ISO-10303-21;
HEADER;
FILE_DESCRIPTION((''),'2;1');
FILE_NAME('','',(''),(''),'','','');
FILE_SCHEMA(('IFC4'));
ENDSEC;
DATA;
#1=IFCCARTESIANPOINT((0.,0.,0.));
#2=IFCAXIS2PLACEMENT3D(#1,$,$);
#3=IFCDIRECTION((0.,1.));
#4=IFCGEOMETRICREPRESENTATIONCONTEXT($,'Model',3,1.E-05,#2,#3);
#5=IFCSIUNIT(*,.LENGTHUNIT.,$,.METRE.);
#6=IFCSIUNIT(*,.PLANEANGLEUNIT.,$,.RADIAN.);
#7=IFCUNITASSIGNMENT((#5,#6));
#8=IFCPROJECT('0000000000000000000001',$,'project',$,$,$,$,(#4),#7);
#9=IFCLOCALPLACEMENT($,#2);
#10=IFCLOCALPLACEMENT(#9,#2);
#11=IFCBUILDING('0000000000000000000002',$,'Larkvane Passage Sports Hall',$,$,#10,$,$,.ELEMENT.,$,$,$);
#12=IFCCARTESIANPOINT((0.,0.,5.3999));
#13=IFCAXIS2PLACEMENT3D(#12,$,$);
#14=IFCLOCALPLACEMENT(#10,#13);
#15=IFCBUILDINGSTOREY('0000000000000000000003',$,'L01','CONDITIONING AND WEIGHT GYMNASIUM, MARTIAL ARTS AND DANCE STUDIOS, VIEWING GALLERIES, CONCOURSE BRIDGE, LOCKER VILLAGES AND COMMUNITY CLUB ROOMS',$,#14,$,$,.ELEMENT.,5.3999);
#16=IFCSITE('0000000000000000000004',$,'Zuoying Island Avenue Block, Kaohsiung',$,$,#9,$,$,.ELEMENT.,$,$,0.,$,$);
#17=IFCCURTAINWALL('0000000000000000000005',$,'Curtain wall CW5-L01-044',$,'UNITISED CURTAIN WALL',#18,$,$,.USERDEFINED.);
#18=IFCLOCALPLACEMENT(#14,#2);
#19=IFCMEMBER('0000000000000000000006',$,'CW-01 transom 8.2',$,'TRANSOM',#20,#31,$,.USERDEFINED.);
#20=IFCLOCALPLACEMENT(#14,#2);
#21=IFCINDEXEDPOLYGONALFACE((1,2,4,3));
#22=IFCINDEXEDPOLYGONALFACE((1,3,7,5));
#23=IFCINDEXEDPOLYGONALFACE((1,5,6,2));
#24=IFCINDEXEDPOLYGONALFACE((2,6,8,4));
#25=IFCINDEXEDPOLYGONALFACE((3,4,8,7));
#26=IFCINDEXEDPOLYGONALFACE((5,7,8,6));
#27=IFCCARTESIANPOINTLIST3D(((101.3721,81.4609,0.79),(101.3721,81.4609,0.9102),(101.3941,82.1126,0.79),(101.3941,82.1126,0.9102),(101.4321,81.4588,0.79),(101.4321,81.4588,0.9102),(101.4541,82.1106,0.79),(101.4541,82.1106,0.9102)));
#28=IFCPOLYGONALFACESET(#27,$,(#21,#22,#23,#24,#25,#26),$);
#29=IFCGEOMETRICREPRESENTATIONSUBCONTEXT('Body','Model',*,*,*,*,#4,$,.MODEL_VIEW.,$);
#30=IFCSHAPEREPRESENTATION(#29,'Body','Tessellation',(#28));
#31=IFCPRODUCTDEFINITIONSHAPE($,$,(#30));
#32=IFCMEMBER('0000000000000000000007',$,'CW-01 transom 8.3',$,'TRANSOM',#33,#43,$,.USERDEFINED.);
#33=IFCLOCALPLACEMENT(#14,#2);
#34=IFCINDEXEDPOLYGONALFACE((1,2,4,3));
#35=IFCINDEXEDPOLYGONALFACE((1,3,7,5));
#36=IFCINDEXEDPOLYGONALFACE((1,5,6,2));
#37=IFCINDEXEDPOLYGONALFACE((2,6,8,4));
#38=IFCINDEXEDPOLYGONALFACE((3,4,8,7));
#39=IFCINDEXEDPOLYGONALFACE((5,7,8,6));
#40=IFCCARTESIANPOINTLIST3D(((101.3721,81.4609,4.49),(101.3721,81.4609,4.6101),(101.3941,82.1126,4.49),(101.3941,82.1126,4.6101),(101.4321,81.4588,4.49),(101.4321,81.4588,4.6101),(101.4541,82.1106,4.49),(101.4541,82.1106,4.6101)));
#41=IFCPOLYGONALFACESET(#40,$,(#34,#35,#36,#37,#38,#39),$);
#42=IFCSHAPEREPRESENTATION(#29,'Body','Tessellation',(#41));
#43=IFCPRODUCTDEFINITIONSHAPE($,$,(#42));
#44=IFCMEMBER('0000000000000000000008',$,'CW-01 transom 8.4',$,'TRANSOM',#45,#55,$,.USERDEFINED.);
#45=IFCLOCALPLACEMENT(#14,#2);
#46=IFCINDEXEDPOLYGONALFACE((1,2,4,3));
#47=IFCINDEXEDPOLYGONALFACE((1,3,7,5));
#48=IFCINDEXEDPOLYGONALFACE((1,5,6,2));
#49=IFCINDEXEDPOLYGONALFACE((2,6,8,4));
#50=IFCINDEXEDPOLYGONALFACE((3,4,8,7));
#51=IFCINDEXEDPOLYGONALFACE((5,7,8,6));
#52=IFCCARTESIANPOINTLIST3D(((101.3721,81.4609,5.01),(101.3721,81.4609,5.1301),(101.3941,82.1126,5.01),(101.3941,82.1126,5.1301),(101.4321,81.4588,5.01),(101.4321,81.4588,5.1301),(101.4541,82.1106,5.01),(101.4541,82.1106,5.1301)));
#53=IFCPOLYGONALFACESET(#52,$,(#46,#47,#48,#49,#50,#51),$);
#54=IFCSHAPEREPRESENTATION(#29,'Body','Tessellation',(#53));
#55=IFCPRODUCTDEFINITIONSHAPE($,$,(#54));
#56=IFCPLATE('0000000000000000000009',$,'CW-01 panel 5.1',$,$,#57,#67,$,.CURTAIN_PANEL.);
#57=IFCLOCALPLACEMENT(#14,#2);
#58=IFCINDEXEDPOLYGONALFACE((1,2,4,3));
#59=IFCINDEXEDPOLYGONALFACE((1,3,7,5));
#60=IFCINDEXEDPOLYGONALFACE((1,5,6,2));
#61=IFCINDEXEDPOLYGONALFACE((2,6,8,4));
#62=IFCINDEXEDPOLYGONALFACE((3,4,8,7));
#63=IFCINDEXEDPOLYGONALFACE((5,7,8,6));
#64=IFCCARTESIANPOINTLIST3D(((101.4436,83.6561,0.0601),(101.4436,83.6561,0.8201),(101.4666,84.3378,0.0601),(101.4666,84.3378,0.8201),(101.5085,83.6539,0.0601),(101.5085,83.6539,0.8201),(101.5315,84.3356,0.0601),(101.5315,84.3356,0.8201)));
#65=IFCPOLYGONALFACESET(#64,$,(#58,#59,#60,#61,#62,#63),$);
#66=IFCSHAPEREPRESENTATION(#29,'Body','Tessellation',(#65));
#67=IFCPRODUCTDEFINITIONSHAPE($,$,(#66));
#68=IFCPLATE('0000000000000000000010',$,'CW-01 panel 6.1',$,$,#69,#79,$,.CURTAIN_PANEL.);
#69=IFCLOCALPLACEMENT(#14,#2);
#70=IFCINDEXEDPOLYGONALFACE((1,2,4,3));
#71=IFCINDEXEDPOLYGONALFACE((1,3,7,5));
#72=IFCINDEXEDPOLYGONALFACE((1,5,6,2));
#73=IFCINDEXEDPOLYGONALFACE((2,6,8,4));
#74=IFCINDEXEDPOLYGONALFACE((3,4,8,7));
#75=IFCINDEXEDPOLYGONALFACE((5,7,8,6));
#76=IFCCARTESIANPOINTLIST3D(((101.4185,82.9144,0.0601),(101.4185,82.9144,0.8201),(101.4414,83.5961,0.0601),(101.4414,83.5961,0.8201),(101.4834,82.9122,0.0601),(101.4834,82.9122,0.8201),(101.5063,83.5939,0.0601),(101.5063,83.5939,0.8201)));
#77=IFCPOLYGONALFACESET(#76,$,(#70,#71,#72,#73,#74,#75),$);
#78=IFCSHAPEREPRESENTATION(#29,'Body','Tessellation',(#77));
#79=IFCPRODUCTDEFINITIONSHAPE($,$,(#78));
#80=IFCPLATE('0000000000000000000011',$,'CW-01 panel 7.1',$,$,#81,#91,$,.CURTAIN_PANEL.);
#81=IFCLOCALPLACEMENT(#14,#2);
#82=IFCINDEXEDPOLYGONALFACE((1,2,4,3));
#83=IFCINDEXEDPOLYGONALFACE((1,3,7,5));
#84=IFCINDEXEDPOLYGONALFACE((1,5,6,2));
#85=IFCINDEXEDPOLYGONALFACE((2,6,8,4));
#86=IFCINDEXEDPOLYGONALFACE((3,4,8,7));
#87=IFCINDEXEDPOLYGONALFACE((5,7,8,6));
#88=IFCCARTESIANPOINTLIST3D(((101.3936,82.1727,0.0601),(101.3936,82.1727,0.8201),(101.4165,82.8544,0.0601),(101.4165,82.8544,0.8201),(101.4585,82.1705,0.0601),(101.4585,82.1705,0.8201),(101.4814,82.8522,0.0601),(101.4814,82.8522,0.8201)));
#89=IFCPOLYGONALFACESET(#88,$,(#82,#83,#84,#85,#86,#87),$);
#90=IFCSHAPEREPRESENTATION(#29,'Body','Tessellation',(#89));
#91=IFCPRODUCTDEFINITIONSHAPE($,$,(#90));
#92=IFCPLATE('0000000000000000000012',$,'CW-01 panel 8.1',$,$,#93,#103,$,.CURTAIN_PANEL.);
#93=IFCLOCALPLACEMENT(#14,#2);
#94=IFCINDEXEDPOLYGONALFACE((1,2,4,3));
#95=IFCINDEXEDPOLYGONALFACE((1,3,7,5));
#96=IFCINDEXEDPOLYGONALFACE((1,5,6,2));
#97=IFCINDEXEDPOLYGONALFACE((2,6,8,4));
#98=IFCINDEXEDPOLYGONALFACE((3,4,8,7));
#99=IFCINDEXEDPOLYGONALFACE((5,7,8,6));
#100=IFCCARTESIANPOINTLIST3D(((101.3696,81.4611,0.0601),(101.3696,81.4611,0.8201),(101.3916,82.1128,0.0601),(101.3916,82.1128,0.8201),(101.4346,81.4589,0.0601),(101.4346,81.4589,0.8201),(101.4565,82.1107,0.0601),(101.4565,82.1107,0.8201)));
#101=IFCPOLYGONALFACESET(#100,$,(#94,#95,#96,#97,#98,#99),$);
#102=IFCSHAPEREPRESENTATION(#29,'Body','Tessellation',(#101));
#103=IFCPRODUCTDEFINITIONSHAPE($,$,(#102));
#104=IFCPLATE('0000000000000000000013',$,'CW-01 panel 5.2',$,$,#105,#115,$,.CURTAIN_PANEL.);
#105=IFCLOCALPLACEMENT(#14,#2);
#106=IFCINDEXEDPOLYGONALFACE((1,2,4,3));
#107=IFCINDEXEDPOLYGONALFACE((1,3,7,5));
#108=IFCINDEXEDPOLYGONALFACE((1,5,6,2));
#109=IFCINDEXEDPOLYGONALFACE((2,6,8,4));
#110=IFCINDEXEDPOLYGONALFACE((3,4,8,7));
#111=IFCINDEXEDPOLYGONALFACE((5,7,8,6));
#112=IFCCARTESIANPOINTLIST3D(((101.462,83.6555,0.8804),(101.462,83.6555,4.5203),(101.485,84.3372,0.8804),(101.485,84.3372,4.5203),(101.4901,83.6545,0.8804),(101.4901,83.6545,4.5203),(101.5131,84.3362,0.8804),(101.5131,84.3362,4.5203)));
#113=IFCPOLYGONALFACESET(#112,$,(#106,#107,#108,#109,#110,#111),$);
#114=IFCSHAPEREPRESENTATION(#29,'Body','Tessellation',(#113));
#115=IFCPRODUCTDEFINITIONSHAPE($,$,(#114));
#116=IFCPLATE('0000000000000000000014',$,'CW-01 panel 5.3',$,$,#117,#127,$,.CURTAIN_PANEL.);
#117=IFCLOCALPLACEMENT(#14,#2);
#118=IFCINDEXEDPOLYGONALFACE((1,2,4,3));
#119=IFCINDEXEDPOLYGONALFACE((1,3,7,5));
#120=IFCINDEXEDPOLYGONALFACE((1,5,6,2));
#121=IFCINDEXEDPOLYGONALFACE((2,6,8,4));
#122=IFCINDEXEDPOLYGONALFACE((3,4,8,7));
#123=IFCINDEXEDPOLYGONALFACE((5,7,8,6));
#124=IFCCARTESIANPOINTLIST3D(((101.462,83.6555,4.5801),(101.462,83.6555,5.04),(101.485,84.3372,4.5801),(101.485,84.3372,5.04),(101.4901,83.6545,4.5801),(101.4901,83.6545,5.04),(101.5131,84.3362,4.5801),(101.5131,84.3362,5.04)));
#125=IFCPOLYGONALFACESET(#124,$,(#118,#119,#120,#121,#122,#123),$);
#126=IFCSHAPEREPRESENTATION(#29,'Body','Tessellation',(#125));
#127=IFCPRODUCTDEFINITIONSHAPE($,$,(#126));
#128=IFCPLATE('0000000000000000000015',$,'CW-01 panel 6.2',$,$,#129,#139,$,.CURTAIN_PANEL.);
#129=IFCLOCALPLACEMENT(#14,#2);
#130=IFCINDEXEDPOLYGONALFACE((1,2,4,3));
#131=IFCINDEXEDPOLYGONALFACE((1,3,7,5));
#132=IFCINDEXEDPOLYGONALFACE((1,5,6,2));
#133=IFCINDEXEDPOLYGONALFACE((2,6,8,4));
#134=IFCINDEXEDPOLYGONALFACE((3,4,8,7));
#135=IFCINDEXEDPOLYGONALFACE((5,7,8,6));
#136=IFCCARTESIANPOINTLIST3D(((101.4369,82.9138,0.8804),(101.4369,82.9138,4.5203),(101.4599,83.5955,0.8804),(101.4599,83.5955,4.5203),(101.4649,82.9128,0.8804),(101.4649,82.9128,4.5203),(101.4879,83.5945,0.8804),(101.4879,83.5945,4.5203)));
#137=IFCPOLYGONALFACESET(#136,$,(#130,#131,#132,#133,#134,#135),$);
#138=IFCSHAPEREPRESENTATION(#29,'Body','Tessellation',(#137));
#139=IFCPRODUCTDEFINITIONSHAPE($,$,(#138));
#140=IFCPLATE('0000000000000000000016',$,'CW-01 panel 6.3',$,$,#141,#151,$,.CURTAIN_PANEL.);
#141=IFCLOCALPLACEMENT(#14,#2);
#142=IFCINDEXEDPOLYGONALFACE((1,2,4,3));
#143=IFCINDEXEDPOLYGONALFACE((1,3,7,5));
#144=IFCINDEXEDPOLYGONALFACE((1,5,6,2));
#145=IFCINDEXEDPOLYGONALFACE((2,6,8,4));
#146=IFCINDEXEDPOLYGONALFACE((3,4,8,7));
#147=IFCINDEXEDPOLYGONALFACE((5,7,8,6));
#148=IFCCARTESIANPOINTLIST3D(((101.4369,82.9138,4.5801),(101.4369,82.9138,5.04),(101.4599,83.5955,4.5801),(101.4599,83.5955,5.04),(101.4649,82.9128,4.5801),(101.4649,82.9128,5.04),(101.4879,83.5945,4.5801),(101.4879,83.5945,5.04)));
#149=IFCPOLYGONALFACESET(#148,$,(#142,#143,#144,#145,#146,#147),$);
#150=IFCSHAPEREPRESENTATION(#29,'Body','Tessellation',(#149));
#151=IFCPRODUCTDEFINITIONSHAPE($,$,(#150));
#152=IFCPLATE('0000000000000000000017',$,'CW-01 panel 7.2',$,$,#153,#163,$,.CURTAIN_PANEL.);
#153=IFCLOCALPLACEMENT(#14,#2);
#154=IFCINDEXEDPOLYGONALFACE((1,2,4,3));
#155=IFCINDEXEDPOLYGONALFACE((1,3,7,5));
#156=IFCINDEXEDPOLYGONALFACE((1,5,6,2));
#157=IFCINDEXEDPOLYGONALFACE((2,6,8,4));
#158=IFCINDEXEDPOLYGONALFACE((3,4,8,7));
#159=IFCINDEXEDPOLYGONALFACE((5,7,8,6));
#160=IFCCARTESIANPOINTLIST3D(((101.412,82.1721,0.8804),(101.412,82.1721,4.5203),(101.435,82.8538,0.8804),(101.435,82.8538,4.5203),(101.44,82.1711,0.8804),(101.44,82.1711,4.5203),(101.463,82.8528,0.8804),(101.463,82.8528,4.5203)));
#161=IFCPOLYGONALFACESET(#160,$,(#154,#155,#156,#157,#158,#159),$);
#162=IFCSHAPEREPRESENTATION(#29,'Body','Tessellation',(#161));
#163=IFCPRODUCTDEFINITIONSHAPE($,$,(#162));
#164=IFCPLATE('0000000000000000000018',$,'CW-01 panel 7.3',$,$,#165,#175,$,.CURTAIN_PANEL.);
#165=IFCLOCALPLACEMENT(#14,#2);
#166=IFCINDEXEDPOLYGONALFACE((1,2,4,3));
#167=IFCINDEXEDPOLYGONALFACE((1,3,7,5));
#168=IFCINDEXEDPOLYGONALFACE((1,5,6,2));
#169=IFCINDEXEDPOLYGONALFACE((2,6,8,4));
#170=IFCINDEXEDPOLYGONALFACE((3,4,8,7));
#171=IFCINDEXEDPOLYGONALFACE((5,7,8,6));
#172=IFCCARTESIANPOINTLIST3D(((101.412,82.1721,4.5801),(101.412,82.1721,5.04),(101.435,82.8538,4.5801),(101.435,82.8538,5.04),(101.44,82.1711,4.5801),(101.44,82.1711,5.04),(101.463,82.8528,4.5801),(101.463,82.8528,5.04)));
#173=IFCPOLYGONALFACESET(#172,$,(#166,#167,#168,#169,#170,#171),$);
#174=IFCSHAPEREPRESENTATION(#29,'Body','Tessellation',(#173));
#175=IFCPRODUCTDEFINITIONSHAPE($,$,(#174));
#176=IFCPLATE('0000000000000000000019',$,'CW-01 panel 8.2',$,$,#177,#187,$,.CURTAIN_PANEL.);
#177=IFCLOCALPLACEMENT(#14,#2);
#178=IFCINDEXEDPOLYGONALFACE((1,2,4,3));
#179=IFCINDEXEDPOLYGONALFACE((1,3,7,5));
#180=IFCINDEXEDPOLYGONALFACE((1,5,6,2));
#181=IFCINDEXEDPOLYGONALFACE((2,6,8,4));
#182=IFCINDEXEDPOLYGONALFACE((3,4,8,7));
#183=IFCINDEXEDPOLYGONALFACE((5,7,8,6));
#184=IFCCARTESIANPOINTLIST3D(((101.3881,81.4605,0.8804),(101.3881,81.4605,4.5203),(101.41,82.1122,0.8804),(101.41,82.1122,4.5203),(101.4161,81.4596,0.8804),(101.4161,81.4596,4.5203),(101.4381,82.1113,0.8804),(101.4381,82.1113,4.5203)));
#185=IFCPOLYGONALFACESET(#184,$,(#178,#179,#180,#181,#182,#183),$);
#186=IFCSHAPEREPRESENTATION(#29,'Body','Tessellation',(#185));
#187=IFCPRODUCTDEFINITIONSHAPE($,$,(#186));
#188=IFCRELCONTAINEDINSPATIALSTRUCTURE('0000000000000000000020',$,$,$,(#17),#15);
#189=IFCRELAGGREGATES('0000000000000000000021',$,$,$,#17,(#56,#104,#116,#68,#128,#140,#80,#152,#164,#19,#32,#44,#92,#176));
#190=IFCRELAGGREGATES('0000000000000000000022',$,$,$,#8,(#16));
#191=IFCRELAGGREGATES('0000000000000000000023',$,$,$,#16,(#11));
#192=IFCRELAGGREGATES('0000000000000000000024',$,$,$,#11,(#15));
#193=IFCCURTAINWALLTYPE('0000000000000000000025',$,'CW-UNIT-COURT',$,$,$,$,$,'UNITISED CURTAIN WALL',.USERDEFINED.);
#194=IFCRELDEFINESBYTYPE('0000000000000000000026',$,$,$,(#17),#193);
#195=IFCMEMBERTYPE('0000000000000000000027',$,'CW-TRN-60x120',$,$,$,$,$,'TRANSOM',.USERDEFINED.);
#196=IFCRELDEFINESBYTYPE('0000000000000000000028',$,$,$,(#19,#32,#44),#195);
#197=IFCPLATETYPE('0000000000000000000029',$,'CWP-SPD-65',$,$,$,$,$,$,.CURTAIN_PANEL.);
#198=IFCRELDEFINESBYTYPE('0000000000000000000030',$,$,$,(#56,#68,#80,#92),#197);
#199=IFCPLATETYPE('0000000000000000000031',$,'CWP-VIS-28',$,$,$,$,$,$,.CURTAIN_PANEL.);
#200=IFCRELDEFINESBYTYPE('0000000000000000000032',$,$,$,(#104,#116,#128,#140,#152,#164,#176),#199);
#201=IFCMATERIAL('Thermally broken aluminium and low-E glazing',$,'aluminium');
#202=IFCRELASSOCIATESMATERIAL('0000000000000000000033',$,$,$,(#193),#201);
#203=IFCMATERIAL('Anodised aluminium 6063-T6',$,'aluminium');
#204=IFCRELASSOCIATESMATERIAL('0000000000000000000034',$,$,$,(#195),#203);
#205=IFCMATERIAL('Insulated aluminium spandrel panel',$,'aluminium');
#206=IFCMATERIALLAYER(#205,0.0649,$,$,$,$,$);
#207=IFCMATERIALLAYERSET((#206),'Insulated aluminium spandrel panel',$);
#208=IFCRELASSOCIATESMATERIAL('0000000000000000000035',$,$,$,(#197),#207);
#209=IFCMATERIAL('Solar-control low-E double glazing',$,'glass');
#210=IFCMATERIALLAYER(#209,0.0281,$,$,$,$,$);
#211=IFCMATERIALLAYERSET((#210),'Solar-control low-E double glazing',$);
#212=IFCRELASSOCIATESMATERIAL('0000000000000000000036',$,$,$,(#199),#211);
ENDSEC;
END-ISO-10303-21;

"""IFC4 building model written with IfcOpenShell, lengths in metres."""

from ifc_helpers import new_model, si_unit, direction, frame, origin, origin_2d, place, context, subcontext, project, spatial, rectangle, extrude, material, layer, layer_set, material_profile, profile_set, type_object, element, aggregate, save


model = new_model("IFC4")

# Units and contexts
model_context = context("Model", 3, precision=1e-05, world=origin(), true_north=direction((0.0, 1.0)))
body_context = subcontext(model_context, "Body", "Model", "MODEL_VIEW")
ifc_project = project(units=[si_unit("LENGTHUNIT", "METRE"), si_unit("PLANEANGLEUNIT", "RADIAN")], contexts=[model_context])

# Site, building, storey
site_placement = place(None, origin())
site = spatial("IfcSite", under=ifc_project, at=site_placement, Name="Zuoying Island Avenue Block, Kaohsiung", CompositionType="ELEMENT", RefElevation=0.0)
building_placement = place(site_placement, origin())
building = spatial("IfcBuilding", under=site, at=building_placement, Name="Larkvane Passage Sports Hall", CompositionType="ELEMENT")
storey_placement = place(building_placement, frame((0.0, 0.0, 5.3999)))
storey = spatial("IfcBuildingStorey", under=building, at=storey_placement, Name="L01", Description="CONDITIONING AND WEIGHT GYMNASIUM, MARTIAL ARTS AND DANCE STUDIOS, VIEWING GALLERIES, CONCOURSE BRIDGE, LOCKER VILLAGES AND COMMUNITY CLUB ROOMS", CompositionType="ELEMENT", Elevation=5.3999)

# Curtain wall, members, plates
ifc_material_1 = material(Name="Thermally broken aluminium and low-E glazing", Category="aluminium")
curtain_wall_type = type_object("IfcCurtainWallType", Name="CW-UNIT-COURT", ElementType="UNITISED CURTAIN WALL", PredefinedType="USERDEFINED", material=ifc_material_1)
curtain_wall_placement = place(storey_placement, origin())
curtain_wall = element("IfcCurtainWall", 1, at=curtain_wall_placement, inside=storey, type_object=curtain_wall_type, Name="Curtain wall CW5-L01-044", ObjectType="UNITISED CURTAIN WALL", PredefinedType="USERDEFINED")
ifc_material_2 = material(Name="Anodised aluminium 6063-T6", Category="aluminium")
ifc_material_profile_1 = material_profile(ifc_material_2, rectangle(XDim=0.0601, YDim=0.1201, at=origin_2d()), Name="ALU-TRN-60x120")
ifc_profile_set_1 = profile_set([ifc_material_profile_1], Name="Anodised aluminium 6063-T6")
member_type_1 = type_object("IfcMemberType", Name="CW-TRN-60x120", ElementType="TRANSOM", PredefinedType="USERDEFINED", material=ifc_profile_set_1)
member_1_placement = place(storey_placement, frame((101.4241, 82.1116, 0.8501), z_axis=(-0.033701, -0.999432, 0.0), x_axis=(0.999432, -0.033701, 0.0)))
member_1 = element("IfcMember", 2, at=member_1_placement, type_object=member_type_1, Name="CW-01 transom 8.2", ObjectType="TRANSOM", PredefinedType="USERDEFINED", context=body_context, shape_type="SweptSolid", body=[
    extrude(rectangle(XDim=0.0601, YDim=0.1201, at=origin_2d()), origin(), (0.0, 0.0, 1.0), 0.6521),
])
member_2_placement = place(storey_placement, frame((101.4241, 82.1116, 4.55), z_axis=(-0.033701, -0.999432, 0.0), x_axis=(0.999432, -0.033701, 0.0)))
member_2 = element("IfcMember", 3, at=member_2_placement, type_object=member_type_1, Name="CW-01 transom 8.3", ObjectType="TRANSOM", PredefinedType="USERDEFINED", context=body_context, shape_type="SweptSolid", body=[
    extrude(rectangle(XDim=0.0601, YDim=0.1201, at=origin_2d()), origin(), (0.0, 0.0, 1.0), 0.6521),
])
member_3_placement = place(storey_placement, frame((101.4241, 82.1116, 5.0701), z_axis=(-0.033701, -0.999432, 0.0), x_axis=(0.999432, -0.033701, 0.0)))
member_3 = element("IfcMember", 4, at=member_3_placement, type_object=member_type_1, Name="CW-01 transom 8.4", ObjectType="TRANSOM", PredefinedType="USERDEFINED", context=body_context, shape_type="SweptSolid", body=[
    extrude(rectangle(XDim=0.0601, YDim=0.1201, at=origin_2d()), origin(), (0.0, 0.0, 1.0), 0.6521),
])
ifc_material_3 = material(Name="Insulated aluminium spandrel panel", Category="aluminium")
ifc_layer_1 = layer(ifc_material_3, 0.0649)
ifc_layer_set_1 = layer_set([ifc_layer_1], Name="Insulated aluminium spandrel panel")
plate_type_1 = type_object("IfcPlateType", Name="CWP-SPD-65", PredefinedType="CURTAIN_PANEL", material=ifc_layer_set_1)
plate_1_placement = place(storey_placement, frame((101.4875, 83.9958, 0.0601), z_axis=(0.0, 0.0, 1.0), x_axis=(-0.033689, -0.999432, 0.0)))
plate_1 = element("IfcPlate", 5, at=plate_1_placement, type_object=plate_type_1, Name="CW-01 panel 5.1", PredefinedType="CURTAIN_PANEL", context=body_context, shape_type="SweptSolid", body=[
    extrude(rectangle(XDim=0.6821, YDim=0.0649, at=origin_2d()), origin(), (0.0, 0.0, 1.0), 0.76),
])
plate_2_placement = place(storey_placement, frame((101.4624, 83.2542, 0.0601), z_axis=(0.0, 0.0, 1.0), x_axis=(-0.033689, -0.999432, 0.0)))
plate_2 = element("IfcPlate", 6, at=plate_2_placement, type_object=plate_type_1, Name="CW-01 panel 6.1", PredefinedType="CURTAIN_PANEL", context=body_context, shape_type="SweptSolid", body=[
    extrude(rectangle(XDim=0.6821, YDim=0.0649, at=origin_2d()), origin(), (0.0, 0.0, 1.0), 0.76),
])
plate_3_placement = place(storey_placement, frame((101.4375, 82.5125, 0.0601), z_axis=(0.0, 0.0, 1.0), x_axis=(-0.033689, -0.999432, 0.0)))
plate_3 = element("IfcPlate", 7, at=plate_3_placement, type_object=plate_type_1, Name="CW-01 panel 7.1", PredefinedType="CURTAIN_PANEL", context=body_context, shape_type="SweptSolid", body=[
    extrude(rectangle(XDim=0.6821, YDim=0.0649, at=origin_2d()), origin(), (0.0, 0.0, 1.0), 0.76),
])
plate_4_placement = place(storey_placement, frame((101.4131, 81.7859, 0.0601), z_axis=(0.0, 0.0, 1.0), x_axis=(-0.033689, -0.999432, 0.0)))
plate_4 = element("IfcPlate", 8, at=plate_4_placement, type_object=plate_type_1, Name="CW-01 panel 8.1", PredefinedType="CURTAIN_PANEL", context=body_context, shape_type="SweptSolid", body=[
    extrude(rectangle(XDim=0.6521, YDim=0.0649, at=origin_2d()), origin(), (0.0, 0.0, 1.0), 0.76),
])
ifc_material_4 = material(Name="Solar-control low-E double glazing", Category="glass")
ifc_layer_2 = layer(ifc_material_4, 0.0281)
ifc_layer_set_2 = layer_set([ifc_layer_2], Name="Solar-control low-E double glazing")
plate_type_2 = type_object("IfcPlateType", Name="CWP-VIS-28", PredefinedType="CURTAIN_PANEL", material=ifc_layer_set_2)
plate_5_placement = place(storey_placement, frame((101.4875, 83.9958, 0.8804), z_axis=(0.0, 0.0, 1.0), x_axis=(-0.033689, -0.999432, 0.0)))
plate_5 = element("IfcPlate", 9, at=plate_5_placement, type_object=plate_type_2, Name="CW-01 panel 5.2", PredefinedType="CURTAIN_PANEL", context=body_context, shape_type="SweptSolid", body=[
    extrude(rectangle(XDim=0.6821, YDim=0.0281, at=origin_2d()), origin(), (0.0, 0.0, 1.0), 3.6399),
])
plate_6_placement = place(storey_placement, frame((101.4875, 83.9958, 4.5801), z_axis=(0.0, 0.0, 1.0), x_axis=(-0.033689, -0.999432, 0.0)))
plate_6 = element("IfcPlate", 10, at=plate_6_placement, type_object=plate_type_2, Name="CW-01 panel 5.3", PredefinedType="CURTAIN_PANEL", context=body_context, shape_type="SweptSolid", body=[
    extrude(rectangle(XDim=0.6821, YDim=0.0281, at=origin_2d()), origin(), (0.0, 0.0, 1.0), 0.46),
])
plate_7_placement = place(storey_placement, frame((101.4624, 83.2542, 0.8804), z_axis=(0.0, 0.0, 1.0), x_axis=(-0.033689, -0.999432, 0.0)))
plate_7 = element("IfcPlate", 11, at=plate_7_placement, type_object=plate_type_2, Name="CW-01 panel 6.2", PredefinedType="CURTAIN_PANEL", context=body_context, shape_type="SweptSolid", body=[
    extrude(rectangle(XDim=0.6821, YDim=0.0281, at=origin_2d()), origin(), (0.0, 0.0, 1.0), 3.6399),
])
plate_8_placement = place(storey_placement, frame((101.4624, 83.2542, 4.5801), z_axis=(0.0, 0.0, 1.0), x_axis=(-0.033689, -0.999432, 0.0)))
plate_8 = element("IfcPlate", 12, at=plate_8_placement, type_object=plate_type_2, Name="CW-01 panel 6.3", PredefinedType="CURTAIN_PANEL", context=body_context, shape_type="SweptSolid", body=[
    extrude(rectangle(XDim=0.6821, YDim=0.0281, at=origin_2d()), origin(), (0.0, 0.0, 1.0), 0.46),
])
plate_9_placement = place(storey_placement, frame((101.4375, 82.5125, 0.8804), z_axis=(0.0, 0.0, 1.0), x_axis=(-0.033689, -0.999432, 0.0)))
plate_9 = element("IfcPlate", 13, at=plate_9_placement, type_object=plate_type_2, Name="CW-01 panel 7.2", PredefinedType="CURTAIN_PANEL", context=body_context, shape_type="SweptSolid", body=[
    extrude(rectangle(XDim=0.6821, YDim=0.0281, at=origin_2d()), origin(), (0.0, 0.0, 1.0), 3.6399),
])
plate_10_placement = place(storey_placement, frame((101.4375, 82.5125, 4.5801), z_axis=(0.0, 0.0, 1.0), x_axis=(-0.033689, -0.999432, 0.0)))
plate_10 = element("IfcPlate", 14, at=plate_10_placement, type_object=plate_type_2, Name="CW-01 panel 7.3", PredefinedType="CURTAIN_PANEL", context=body_context, shape_type="SweptSolid", body=[
    extrude(rectangle(XDim=0.6821, YDim=0.0281, at=origin_2d()), origin(), (0.0, 0.0, 1.0), 0.46),
])
plate_11_placement = place(storey_placement, frame((101.4131, 81.7859, 0.8804), z_axis=(0.0, 0.0, 1.0), x_axis=(-0.033689, -0.999432, 0.0)))
plate_11 = element("IfcPlate", 15, at=plate_11_placement, type_object=plate_type_2, Name="CW-01 panel 8.2", PredefinedType="CURTAIN_PANEL", context=body_context, shape_type="SweptSolid", body=[
    extrude(rectangle(XDim=0.6521, YDim=0.0281, at=origin_2d()), origin(), (0.0, 0.0, 1.0), 3.6399),
])
aggregate(curtain_wall, [plate_1, plate_5, plate_6, plate_2, plate_7, plate_8, plate_3, plate_9, plate_10, member_1, member_2, member_3, plate_4, plate_11])

save(model, "model.ifc")
